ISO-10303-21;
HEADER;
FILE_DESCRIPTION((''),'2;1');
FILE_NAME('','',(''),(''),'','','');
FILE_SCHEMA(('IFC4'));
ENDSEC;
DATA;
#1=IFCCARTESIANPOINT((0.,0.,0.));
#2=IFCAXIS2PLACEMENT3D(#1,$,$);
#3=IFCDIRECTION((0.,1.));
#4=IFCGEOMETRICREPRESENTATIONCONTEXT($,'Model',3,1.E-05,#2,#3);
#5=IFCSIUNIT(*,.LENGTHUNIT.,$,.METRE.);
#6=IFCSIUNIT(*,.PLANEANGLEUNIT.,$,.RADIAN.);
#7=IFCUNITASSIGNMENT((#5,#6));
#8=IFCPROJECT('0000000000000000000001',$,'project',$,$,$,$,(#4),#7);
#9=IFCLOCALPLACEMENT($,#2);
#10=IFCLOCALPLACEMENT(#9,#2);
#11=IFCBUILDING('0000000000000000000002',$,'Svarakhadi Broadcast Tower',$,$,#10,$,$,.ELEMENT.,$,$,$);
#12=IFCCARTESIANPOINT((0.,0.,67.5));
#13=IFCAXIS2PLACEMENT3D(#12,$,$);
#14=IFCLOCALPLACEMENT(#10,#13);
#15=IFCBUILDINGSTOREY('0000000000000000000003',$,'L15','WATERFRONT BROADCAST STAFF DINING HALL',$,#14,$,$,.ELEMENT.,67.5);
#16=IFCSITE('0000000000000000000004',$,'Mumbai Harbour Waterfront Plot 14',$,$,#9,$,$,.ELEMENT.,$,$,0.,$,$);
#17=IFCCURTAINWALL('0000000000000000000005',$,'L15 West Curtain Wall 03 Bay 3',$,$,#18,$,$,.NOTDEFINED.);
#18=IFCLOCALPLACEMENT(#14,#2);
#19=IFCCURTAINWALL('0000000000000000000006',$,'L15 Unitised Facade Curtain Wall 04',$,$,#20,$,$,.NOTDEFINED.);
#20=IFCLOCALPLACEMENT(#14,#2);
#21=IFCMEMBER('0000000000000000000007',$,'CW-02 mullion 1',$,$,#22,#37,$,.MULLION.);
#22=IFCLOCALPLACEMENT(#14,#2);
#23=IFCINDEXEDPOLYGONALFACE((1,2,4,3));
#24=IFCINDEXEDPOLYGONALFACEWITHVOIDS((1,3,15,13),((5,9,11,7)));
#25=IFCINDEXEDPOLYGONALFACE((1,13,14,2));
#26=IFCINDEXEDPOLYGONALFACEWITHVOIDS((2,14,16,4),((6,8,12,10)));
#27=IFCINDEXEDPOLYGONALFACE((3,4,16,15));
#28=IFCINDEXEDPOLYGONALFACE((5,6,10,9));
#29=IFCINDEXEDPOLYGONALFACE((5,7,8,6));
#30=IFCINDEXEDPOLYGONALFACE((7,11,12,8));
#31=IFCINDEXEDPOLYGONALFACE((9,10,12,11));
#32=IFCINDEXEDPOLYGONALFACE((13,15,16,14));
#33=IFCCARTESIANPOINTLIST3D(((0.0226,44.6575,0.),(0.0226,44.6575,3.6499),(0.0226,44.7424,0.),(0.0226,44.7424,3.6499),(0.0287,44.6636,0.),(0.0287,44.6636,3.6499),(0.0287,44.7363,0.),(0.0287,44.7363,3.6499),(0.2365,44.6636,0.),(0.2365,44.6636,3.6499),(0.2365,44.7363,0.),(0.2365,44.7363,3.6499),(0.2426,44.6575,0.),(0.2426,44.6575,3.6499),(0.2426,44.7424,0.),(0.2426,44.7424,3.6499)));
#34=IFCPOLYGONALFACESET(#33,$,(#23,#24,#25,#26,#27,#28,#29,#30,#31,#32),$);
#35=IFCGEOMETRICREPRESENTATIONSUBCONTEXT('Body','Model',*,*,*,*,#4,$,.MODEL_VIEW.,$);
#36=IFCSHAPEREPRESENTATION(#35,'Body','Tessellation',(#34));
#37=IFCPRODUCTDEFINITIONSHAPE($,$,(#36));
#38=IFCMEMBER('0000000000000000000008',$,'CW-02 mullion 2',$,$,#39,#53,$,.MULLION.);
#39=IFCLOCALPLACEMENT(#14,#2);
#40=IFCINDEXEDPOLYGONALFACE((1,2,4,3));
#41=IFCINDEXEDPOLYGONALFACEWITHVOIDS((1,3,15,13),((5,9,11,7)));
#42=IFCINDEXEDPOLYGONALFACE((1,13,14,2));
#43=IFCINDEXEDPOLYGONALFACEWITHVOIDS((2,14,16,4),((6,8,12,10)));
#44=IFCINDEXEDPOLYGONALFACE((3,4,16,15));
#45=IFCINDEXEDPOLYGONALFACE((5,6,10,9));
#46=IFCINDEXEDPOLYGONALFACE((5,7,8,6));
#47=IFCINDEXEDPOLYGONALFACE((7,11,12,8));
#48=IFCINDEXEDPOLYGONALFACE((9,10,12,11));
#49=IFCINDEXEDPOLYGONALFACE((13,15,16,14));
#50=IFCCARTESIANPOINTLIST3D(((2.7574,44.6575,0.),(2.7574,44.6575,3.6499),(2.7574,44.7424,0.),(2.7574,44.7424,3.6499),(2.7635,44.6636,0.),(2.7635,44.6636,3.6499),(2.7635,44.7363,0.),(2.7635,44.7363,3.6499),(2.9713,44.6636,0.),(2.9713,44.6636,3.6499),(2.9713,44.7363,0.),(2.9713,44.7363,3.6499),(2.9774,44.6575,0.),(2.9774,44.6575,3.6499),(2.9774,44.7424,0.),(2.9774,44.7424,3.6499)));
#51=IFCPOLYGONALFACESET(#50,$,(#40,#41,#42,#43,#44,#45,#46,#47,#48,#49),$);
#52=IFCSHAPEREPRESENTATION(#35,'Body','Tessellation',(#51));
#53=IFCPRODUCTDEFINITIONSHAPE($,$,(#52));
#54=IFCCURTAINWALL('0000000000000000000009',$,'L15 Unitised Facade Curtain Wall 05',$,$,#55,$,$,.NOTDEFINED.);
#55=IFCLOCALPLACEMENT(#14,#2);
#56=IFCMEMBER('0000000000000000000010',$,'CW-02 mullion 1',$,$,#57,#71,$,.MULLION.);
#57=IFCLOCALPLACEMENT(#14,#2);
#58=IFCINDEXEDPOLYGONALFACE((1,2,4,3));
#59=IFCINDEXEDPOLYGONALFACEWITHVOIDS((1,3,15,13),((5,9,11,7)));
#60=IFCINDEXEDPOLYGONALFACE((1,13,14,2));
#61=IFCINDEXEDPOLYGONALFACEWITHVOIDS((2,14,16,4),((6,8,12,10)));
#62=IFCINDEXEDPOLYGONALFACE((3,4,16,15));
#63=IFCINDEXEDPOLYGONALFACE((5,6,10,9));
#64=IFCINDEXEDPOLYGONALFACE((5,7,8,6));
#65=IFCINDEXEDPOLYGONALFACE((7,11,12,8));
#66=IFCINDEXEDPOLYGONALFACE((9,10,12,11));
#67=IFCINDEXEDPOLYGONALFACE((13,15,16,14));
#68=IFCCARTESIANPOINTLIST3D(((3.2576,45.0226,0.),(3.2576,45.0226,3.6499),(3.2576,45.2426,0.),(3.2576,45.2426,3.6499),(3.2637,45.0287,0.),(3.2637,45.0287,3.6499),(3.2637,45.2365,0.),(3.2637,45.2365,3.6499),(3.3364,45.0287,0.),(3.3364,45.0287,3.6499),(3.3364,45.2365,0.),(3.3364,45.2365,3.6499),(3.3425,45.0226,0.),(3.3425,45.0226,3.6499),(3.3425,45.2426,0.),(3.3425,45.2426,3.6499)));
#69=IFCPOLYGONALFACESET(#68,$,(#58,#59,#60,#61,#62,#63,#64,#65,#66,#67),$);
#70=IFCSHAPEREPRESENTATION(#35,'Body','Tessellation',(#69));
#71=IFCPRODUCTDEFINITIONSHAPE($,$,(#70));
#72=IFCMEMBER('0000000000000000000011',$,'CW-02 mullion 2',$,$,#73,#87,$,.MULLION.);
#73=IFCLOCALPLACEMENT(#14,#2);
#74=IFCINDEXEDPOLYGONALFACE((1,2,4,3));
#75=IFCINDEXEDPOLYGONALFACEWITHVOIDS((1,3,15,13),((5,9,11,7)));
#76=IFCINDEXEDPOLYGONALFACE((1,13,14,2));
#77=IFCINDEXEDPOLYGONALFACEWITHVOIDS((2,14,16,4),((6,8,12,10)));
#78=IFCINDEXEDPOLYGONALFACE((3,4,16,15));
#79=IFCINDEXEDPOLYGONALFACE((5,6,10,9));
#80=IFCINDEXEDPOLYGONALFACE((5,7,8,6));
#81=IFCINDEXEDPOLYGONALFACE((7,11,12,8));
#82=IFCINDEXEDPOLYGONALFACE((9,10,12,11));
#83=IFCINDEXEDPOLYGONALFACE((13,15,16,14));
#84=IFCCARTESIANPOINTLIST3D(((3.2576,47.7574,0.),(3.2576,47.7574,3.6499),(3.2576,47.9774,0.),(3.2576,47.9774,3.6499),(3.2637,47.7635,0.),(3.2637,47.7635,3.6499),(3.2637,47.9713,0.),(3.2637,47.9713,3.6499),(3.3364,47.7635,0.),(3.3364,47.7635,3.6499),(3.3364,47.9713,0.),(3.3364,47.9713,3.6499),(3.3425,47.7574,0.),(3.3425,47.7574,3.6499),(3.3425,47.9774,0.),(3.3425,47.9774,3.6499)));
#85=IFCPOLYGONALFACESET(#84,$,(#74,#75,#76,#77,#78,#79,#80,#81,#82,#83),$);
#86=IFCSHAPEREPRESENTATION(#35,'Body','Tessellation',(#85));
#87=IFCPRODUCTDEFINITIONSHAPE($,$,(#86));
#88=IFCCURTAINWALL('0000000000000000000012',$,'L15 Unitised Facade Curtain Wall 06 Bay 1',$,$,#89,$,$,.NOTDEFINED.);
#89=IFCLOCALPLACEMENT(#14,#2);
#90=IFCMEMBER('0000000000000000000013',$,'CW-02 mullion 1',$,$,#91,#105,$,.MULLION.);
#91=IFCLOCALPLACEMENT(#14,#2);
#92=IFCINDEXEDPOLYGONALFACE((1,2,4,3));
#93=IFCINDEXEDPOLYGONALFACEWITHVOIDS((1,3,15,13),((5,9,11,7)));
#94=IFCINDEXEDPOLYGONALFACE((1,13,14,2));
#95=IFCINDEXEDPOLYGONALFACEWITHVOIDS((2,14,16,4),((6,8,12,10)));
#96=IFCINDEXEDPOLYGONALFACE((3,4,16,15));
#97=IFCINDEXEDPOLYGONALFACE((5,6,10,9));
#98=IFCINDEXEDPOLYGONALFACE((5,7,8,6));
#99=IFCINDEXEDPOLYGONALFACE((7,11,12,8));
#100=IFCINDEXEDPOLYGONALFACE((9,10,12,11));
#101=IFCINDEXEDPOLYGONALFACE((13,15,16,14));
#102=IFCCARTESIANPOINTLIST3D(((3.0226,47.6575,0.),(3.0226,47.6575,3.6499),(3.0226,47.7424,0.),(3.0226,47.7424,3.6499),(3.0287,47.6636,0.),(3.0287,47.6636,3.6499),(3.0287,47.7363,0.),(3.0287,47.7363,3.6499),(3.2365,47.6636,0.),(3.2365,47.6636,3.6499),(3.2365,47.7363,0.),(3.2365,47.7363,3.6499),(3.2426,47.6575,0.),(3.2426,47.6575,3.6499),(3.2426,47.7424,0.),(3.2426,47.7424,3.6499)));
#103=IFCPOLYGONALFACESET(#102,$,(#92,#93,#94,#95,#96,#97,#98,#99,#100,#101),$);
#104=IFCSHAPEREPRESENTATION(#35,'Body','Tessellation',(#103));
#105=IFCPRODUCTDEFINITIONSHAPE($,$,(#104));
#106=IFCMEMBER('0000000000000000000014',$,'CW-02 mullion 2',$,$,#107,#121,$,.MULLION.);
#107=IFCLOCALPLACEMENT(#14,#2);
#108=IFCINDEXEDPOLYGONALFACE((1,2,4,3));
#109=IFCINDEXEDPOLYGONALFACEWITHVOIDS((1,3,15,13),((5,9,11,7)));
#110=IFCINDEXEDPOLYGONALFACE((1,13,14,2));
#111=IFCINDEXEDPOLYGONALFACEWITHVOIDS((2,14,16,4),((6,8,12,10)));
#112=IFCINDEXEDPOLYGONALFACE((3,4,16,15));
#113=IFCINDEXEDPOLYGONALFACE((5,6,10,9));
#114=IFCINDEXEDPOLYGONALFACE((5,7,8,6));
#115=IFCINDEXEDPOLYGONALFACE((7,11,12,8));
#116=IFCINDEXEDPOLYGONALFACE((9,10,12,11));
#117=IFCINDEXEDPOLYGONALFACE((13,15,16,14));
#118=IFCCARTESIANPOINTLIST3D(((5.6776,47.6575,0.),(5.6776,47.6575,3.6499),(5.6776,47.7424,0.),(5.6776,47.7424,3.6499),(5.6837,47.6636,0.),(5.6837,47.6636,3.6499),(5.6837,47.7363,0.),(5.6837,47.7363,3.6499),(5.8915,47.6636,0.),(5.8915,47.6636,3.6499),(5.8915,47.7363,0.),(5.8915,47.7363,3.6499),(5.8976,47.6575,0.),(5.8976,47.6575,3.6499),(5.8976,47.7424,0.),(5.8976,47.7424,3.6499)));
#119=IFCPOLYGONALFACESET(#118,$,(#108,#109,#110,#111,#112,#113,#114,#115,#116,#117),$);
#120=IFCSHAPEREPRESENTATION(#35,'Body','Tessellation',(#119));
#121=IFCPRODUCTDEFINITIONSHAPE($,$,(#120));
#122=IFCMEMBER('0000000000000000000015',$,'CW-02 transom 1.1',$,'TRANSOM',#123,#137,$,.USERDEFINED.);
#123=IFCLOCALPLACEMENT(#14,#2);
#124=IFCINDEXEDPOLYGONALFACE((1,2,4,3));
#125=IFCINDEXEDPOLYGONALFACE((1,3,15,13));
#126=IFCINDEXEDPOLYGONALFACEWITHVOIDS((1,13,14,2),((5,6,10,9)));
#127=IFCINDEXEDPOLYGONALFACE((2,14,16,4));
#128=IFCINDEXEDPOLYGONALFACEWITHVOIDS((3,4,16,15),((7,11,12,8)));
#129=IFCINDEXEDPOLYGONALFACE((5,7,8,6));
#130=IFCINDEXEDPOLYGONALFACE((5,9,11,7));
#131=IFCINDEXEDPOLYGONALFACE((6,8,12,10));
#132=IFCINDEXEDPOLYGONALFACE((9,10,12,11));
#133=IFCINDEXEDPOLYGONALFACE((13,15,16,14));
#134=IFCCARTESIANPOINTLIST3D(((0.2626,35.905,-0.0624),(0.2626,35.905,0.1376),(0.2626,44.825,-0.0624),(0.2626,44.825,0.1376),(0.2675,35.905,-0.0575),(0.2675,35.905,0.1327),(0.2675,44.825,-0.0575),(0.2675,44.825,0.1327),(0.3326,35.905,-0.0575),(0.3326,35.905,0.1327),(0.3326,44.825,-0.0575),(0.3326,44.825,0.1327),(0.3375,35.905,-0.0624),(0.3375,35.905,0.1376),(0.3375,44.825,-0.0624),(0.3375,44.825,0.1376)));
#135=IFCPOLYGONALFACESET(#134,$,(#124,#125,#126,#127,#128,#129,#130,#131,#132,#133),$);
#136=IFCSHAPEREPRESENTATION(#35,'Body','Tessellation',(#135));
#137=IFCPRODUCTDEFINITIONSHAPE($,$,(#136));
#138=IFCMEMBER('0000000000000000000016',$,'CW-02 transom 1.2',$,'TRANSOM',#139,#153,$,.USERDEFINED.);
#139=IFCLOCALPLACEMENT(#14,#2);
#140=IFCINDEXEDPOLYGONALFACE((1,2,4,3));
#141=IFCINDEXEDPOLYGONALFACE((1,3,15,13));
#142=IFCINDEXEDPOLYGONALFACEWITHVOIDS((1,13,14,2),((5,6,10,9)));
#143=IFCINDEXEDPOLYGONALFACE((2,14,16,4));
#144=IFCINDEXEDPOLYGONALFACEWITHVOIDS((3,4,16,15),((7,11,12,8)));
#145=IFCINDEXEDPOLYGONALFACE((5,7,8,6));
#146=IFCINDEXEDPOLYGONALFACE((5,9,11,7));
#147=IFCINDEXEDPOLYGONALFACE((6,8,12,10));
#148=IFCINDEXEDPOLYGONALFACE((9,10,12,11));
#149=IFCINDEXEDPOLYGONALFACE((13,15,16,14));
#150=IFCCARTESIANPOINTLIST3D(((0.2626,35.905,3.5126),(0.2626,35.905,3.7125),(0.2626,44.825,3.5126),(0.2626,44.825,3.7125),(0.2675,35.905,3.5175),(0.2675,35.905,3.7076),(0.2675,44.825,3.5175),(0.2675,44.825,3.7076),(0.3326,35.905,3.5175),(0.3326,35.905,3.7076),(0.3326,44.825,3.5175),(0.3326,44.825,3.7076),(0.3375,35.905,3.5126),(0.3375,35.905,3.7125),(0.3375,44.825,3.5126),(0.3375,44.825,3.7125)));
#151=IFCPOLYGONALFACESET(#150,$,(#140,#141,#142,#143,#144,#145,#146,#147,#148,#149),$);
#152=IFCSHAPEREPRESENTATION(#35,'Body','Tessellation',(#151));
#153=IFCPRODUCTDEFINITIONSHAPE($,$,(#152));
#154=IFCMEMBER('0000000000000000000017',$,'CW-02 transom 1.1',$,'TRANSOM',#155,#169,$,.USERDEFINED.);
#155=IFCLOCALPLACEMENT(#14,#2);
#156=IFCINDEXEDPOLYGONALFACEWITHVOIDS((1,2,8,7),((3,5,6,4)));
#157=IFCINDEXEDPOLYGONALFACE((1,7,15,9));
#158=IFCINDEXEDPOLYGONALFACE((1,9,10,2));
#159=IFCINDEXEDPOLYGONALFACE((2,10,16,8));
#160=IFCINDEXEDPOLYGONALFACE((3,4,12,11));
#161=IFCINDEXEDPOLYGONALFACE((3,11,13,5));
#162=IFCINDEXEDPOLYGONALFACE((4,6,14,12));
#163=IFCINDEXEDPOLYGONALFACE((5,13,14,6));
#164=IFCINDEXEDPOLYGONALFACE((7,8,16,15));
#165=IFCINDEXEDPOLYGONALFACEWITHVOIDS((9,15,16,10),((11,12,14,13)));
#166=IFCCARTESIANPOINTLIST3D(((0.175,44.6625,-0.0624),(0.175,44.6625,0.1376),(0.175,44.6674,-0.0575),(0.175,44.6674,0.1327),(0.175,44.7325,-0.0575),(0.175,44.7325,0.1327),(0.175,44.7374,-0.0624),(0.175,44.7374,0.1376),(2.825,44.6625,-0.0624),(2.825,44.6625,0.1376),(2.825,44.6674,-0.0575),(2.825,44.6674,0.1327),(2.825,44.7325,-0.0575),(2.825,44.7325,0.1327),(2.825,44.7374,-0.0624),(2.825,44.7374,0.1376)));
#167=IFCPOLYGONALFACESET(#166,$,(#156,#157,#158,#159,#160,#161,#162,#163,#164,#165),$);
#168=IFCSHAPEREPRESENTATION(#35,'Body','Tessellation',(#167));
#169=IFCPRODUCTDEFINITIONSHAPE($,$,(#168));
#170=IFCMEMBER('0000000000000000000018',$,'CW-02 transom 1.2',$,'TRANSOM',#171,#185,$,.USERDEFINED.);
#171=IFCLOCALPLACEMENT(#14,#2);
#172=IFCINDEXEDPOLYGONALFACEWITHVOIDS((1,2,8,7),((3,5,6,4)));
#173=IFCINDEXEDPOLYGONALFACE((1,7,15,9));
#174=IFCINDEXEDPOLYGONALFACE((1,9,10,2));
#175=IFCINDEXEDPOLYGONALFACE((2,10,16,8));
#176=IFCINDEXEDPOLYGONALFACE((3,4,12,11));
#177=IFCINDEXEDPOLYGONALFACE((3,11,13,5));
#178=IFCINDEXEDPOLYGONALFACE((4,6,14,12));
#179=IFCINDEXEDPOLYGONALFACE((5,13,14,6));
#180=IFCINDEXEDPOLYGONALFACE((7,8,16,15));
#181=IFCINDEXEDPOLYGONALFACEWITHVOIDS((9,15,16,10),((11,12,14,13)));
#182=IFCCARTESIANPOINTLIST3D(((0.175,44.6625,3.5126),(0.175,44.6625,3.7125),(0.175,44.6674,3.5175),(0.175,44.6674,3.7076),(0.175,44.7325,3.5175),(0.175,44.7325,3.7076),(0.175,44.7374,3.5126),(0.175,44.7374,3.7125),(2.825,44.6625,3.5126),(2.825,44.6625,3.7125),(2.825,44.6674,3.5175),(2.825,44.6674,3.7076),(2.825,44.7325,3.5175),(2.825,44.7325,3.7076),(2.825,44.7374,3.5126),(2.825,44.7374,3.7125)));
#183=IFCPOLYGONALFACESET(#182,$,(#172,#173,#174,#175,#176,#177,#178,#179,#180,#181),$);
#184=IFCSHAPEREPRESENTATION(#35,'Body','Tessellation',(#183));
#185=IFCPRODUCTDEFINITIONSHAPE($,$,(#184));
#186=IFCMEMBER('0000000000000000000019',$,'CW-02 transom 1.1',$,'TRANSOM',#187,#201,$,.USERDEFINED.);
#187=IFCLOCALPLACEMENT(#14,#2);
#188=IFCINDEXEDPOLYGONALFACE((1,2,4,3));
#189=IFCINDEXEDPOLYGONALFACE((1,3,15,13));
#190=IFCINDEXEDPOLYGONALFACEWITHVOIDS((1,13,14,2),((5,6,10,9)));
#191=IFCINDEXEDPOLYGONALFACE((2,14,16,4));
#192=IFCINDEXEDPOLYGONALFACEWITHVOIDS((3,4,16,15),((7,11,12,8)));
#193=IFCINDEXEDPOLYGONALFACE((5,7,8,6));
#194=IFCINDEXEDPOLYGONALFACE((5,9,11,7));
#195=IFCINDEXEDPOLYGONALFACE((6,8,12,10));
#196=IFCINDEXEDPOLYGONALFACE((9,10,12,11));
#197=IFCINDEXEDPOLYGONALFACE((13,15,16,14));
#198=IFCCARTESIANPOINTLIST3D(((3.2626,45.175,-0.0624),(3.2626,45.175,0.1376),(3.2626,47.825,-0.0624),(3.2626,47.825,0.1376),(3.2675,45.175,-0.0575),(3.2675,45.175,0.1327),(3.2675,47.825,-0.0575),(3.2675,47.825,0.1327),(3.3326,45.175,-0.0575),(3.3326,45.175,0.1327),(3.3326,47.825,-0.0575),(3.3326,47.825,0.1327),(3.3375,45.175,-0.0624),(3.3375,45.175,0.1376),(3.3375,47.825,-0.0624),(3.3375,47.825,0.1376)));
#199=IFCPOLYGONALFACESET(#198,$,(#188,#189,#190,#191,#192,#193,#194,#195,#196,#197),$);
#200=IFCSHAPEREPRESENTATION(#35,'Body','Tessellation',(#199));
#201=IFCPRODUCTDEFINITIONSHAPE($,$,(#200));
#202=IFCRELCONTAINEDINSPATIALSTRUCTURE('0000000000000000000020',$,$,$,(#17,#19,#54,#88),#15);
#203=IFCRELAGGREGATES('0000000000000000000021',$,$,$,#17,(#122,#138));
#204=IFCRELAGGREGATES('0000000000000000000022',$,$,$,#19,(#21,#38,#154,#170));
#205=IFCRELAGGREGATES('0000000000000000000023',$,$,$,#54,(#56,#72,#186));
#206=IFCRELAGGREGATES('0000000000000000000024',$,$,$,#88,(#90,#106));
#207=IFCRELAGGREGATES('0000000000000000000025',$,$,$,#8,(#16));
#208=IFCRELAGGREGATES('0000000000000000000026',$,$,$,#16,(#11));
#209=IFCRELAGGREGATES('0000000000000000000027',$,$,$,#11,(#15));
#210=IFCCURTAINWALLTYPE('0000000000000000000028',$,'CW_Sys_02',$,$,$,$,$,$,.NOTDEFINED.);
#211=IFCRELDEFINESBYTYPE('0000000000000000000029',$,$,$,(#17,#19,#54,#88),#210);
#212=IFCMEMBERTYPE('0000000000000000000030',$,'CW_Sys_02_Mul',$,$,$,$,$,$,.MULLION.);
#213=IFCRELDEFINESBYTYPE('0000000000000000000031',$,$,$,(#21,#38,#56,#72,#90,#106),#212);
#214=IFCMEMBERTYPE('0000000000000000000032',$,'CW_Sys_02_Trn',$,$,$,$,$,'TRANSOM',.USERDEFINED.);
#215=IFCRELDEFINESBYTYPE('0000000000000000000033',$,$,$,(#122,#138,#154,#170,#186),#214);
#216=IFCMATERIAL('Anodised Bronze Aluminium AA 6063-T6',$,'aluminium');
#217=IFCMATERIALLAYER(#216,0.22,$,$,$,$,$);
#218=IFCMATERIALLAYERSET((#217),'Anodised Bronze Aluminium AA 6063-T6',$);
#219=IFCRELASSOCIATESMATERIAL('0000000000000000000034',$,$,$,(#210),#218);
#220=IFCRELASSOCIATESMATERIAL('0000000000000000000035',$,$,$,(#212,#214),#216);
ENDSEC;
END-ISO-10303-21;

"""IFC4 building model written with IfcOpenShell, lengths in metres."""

from ifc_helpers import new_model, si_unit, direction, frame, origin, origin_2d, place, context, subcontext, project, spatial, hollow_rectangle, extrude, material, layer, layer_set, material_profile, profile_set, type_object, element, aggregate, save


model = new_model("IFC4")

# Units and contexts
model_context = context("Model", 3, precision=1e-05, world=origin(), true_north=direction((0.0, 1.0)))
body_context = subcontext(model_context, "Body", "Model", "MODEL_VIEW")
ifc_project = project(units=[si_unit("LENGTHUNIT", "METRE"), si_unit("PLANEANGLEUNIT", "RADIAN")], contexts=[model_context])

# Site, building, storey
site_placement = place(None, origin())
site = spatial("IfcSite", under=ifc_project, at=site_placement, Name="Mumbai Harbour Waterfront Plot 14", CompositionType="ELEMENT", RefElevation=0.0)
building_placement = place(site_placement, origin())
building = spatial("IfcBuilding", under=site, at=building_placement, Name="Svarakhadi Broadcast Tower", CompositionType="ELEMENT")
storey_placement = place(building_placement, frame((0.0, 0.0, 67.5)))
storey = spatial("IfcBuildingStorey", under=building, at=storey_placement, Name="L15", Description="WATERFRONT BROADCAST STAFF DINING HALL", CompositionType="ELEMENT", Elevation=67.5)

# Curtain walls, members
ifc_material_1 = material(Name="Anodised Bronze Aluminium AA 6063-T6", Category="aluminium")
ifc_layer_1 = layer(ifc_material_1, 0.22)
ifc_layer_set_1 = layer_set([ifc_layer_1], Name="Anodised Bronze Aluminium AA 6063-T6")
curtain_wall_type = type_object("IfcCurtainWallType", Name="CW_Sys_02", PredefinedType="NOTDEFINED", material=ifc_layer_set_1)
curtain_wall_1_placement = place(storey_placement, origin())
curtain_wall_1 = element("IfcCurtainWall", 1, at=curtain_wall_1_placement, inside=storey, type_object=curtain_wall_type, Name="L15 West Curtain Wall 03 Bay 3", PredefinedType="NOTDEFINED")
ifc_material_profile_1 = material_profile(ifc_material_1, hollow_rectangle(XDim=0.085, YDim=0.22, WallThickness=0.0061, at=origin_2d()), Name="ALU MULLION 220x85x6")
ifc_profile_set_1 = profile_set([ifc_material_profile_1], Name="Anodised Bronze Aluminium AA 6063-T6")
member_type_1 = type_object("IfcMemberType", Name="CW_Sys_02_Mul", PredefinedType="MULLION", material=ifc_profile_set_1)
curtain_wall_2_placement = place(storey_placement, origin())
curtain_wall_2 = element("IfcCurtainWall", 2, at=curtain_wall_2_placement, inside=storey, type_object=curtain_wall_type, Name="L15 Unitised Facade Curtain Wall 04", PredefinedType="NOTDEFINED")
member_1_placement = place(storey_placement, frame((0.1326, 44.7, 0.0), z_axis=(0.0, 0.0, 1.0), x_axis=(0.0, 1.0, 0.0)))
member_1 = element("IfcMember", 3, at=member_1_placement, type_object=member_type_1, Name="CW-02 mullion 1", PredefinedType="MULLION", context=body_context, shape_type="SweptSolid", body=[
    extrude(hollow_rectangle(XDim=0.085, YDim=0.22, WallThickness=0.0061, at=origin_2d()), origin(), (0.0, 0.0, 1.0), 3.6499),
])
member_2_placement = place(storey_placement, frame((2.8674, 44.7, 0.0), z_axis=(0.0, 0.0, 1.0), x_axis=(0.0, 1.0, 0.0)))
member_2 = element("IfcMember", 4, at=member_2_placement, type_object=member_type_1, Name="CW-02 mullion 2", PredefinedType="MULLION", context=body_context, shape_type="SweptSolid", body=[
    extrude(hollow_rectangle(XDim=0.085, YDim=0.22, WallThickness=0.0061, at=origin_2d()), origin(), (0.0, 0.0, 1.0), 3.6499),
])
curtain_wall_3_placement = place(storey_placement, origin())
curtain_wall_3 = element("IfcCurtainWall", 5, at=curtain_wall_3_placement, inside=storey, type_object=curtain_wall_type, Name="L15 Unitised Facade Curtain Wall 05", PredefinedType="NOTDEFINED")
member_3_placement = place(storey_placement, frame((3.3, 45.1326, 0.0), z_axis=(0.0, 0.0, 1.0), x_axis=(-1.0, 0.0, 0.0)))
member_3 = element("IfcMember", 6, at=member_3_placement, type_object=member_type_1, Name="CW-02 mullion 1", PredefinedType="MULLION", context=body_context, shape_type="SweptSolid", body=[
    extrude(hollow_rectangle(XDim=0.085, YDim=0.22, WallThickness=0.0061, at=origin_2d()), origin(), (0.0, 0.0, 1.0), 3.6499),
])
member_4_placement = place(storey_placement, frame((3.3, 47.8674, 0.0), z_axis=(0.0, 0.0, 1.0), x_axis=(-1.0, 0.0, 0.0)))
member_4 = element("IfcMember", 7, at=member_4_placement, type_object=member_type_1, Name="CW-02 mullion 2", PredefinedType="MULLION", context=body_context, shape_type="SweptSolid", body=[
    extrude(hollow_rectangle(XDim=0.085, YDim=0.22, WallThickness=0.0061, at=origin_2d()), origin(), (0.0, 0.0, 1.0), 3.6499),
])
curtain_wall_4_placement = place(storey_placement, origin())
curtain_wall_4 = element("IfcCurtainWall", 8, at=curtain_wall_4_placement, inside=storey, type_object=curtain_wall_type, Name="L15 Unitised Facade Curtain Wall 06 Bay 1", PredefinedType="NOTDEFINED")
member_5_placement = place(storey_placement, frame((3.1326, 47.7, 0.0), z_axis=(0.0, 0.0, 1.0), x_axis=(0.0, 1.0, 0.0)))
member_5 = element("IfcMember", 9, at=member_5_placement, type_object=member_type_1, Name="CW-02 mullion 1", PredefinedType="MULLION", context=body_context, shape_type="SweptSolid", body=[
    extrude(hollow_rectangle(XDim=0.085, YDim=0.22, WallThickness=0.0061, at=origin_2d()), origin(), (0.0, 0.0, 1.0), 3.6499),
])
member_6_placement = place(storey_placement, frame((5.7876, 47.7, 0.0), z_axis=(0.0, 0.0, 1.0), x_axis=(0.0, 1.0, 0.0)))
member_6 = element("IfcMember", 10, at=member_6_placement, type_object=member_type_1, Name="CW-02 mullion 2", PredefinedType="MULLION", context=body_context, shape_type="SweptSolid", body=[
    extrude(hollow_rectangle(XDim=0.085, YDim=0.22, WallThickness=0.0061, at=origin_2d()), origin(), (0.0, 0.0, 1.0), 3.6499),
])

# Members
ifc_material_profile_2 = material_profile(ifc_material_1, hollow_rectangle(XDim=0.075, YDim=0.2, WallThickness=0.0049, at=origin_2d()), Name="ALU TRANSOM 200x75x5")
ifc_profile_set_2 = profile_set([ifc_material_profile_2], Name="Anodised Bronze Aluminium AA 6063-T6")
member_type_2 = type_object("IfcMemberType", Name="CW_Sys_02_Trn", ElementType="TRANSOM", PredefinedType="USERDEFINED", material=ifc_profile_set_2)
member_7_placement = place(storey_placement, frame((0.3, 35.905, 0.0376), z_axis=(0.0, 1.0, 0.0), x_axis=(-1.0, 0.0, 0.0)))
member_7 = element("IfcMember", 11, at=member_7_placement, type_object=member_type_2, Name="CW-02 transom 1.1", ObjectType="TRANSOM", PredefinedType="USERDEFINED", context=body_context, shape_type="SweptSolid", body=[
    extrude(hollow_rectangle(XDim=0.075, YDim=0.2, WallThickness=0.0049, at=origin_2d()), origin(), (0.0, 0.0, 1.0), 8.9199),
])
member_8_placement = place(storey_placement, frame((0.3, 35.905, 3.6125), z_axis=(0.0, 1.0, 0.0), x_axis=(-1.0, 0.0, 0.0)))
member_8 = element("IfcMember", 12, at=member_8_placement, type_object=member_type_2, Name="CW-02 transom 1.2", ObjectType="TRANSOM", PredefinedType="USERDEFINED", context=body_context, shape_type="SweptSolid", body=[
    extrude(hollow_rectangle(XDim=0.075, YDim=0.2, WallThickness=0.0049, at=origin_2d()), origin(), (0.0, 0.0, 1.0), 8.9199),
])
member_9_placement = place(storey_placement, frame((0.175, 44.7, 0.0376), z_axis=(1.0, 0.0, 0.0), x_axis=(0.0, 1.0, 0.0)))
member_9 = element("IfcMember", 13, at=member_9_placement, type_object=member_type_2, Name="CW-02 transom 1.1", ObjectType="TRANSOM", PredefinedType="USERDEFINED", context=body_context, shape_type="SweptSolid", body=[
    extrude(hollow_rectangle(XDim=0.075, YDim=0.2, WallThickness=0.0049, at=origin_2d()), origin(), (0.0, 0.0, 1.0), 2.6499),
])
member_10_placement = place(storey_placement, frame((0.175, 44.7, 3.6125), z_axis=(1.0, 0.0, 0.0), x_axis=(0.0, 1.0, 0.0)))
member_10 = element("IfcMember", 14, at=member_10_placement, type_object=member_type_2, Name="CW-02 transom 1.2", ObjectType="TRANSOM", PredefinedType="USERDEFINED", context=body_context, shape_type="SweptSolid", body=[
    extrude(hollow_rectangle(XDim=0.075, YDim=0.2, WallThickness=0.0049, at=origin_2d()), origin(), (0.0, 0.0, 1.0), 2.6499),
])
member_11_placement = place(storey_placement, frame((3.3, 45.175, 0.0376), z_axis=(0.0, 1.0, 0.0), x_axis=(-1.0, 0.0, 0.0)))
member_11 = element("IfcMember", 15, at=member_11_placement, type_object=member_type_2, Name="CW-02 transom 1.1", ObjectType="TRANSOM", PredefinedType="USERDEFINED", context=body_context, shape_type="SweptSolid", body=[
    extrude(hollow_rectangle(XDim=0.075, YDim=0.2, WallThickness=0.0049, at=origin_2d()), origin(), (0.0, 0.0, 1.0), 2.6499),
])

aggregate(curtain_wall_1, [member_7, member_8])
aggregate(curtain_wall_2, [member_1, member_2, member_9, member_10])
aggregate(curtain_wall_3, [member_3, member_4, member_11])
aggregate(curtain_wall_4, [member_5, member_6])

save(model, "model.ifc")
